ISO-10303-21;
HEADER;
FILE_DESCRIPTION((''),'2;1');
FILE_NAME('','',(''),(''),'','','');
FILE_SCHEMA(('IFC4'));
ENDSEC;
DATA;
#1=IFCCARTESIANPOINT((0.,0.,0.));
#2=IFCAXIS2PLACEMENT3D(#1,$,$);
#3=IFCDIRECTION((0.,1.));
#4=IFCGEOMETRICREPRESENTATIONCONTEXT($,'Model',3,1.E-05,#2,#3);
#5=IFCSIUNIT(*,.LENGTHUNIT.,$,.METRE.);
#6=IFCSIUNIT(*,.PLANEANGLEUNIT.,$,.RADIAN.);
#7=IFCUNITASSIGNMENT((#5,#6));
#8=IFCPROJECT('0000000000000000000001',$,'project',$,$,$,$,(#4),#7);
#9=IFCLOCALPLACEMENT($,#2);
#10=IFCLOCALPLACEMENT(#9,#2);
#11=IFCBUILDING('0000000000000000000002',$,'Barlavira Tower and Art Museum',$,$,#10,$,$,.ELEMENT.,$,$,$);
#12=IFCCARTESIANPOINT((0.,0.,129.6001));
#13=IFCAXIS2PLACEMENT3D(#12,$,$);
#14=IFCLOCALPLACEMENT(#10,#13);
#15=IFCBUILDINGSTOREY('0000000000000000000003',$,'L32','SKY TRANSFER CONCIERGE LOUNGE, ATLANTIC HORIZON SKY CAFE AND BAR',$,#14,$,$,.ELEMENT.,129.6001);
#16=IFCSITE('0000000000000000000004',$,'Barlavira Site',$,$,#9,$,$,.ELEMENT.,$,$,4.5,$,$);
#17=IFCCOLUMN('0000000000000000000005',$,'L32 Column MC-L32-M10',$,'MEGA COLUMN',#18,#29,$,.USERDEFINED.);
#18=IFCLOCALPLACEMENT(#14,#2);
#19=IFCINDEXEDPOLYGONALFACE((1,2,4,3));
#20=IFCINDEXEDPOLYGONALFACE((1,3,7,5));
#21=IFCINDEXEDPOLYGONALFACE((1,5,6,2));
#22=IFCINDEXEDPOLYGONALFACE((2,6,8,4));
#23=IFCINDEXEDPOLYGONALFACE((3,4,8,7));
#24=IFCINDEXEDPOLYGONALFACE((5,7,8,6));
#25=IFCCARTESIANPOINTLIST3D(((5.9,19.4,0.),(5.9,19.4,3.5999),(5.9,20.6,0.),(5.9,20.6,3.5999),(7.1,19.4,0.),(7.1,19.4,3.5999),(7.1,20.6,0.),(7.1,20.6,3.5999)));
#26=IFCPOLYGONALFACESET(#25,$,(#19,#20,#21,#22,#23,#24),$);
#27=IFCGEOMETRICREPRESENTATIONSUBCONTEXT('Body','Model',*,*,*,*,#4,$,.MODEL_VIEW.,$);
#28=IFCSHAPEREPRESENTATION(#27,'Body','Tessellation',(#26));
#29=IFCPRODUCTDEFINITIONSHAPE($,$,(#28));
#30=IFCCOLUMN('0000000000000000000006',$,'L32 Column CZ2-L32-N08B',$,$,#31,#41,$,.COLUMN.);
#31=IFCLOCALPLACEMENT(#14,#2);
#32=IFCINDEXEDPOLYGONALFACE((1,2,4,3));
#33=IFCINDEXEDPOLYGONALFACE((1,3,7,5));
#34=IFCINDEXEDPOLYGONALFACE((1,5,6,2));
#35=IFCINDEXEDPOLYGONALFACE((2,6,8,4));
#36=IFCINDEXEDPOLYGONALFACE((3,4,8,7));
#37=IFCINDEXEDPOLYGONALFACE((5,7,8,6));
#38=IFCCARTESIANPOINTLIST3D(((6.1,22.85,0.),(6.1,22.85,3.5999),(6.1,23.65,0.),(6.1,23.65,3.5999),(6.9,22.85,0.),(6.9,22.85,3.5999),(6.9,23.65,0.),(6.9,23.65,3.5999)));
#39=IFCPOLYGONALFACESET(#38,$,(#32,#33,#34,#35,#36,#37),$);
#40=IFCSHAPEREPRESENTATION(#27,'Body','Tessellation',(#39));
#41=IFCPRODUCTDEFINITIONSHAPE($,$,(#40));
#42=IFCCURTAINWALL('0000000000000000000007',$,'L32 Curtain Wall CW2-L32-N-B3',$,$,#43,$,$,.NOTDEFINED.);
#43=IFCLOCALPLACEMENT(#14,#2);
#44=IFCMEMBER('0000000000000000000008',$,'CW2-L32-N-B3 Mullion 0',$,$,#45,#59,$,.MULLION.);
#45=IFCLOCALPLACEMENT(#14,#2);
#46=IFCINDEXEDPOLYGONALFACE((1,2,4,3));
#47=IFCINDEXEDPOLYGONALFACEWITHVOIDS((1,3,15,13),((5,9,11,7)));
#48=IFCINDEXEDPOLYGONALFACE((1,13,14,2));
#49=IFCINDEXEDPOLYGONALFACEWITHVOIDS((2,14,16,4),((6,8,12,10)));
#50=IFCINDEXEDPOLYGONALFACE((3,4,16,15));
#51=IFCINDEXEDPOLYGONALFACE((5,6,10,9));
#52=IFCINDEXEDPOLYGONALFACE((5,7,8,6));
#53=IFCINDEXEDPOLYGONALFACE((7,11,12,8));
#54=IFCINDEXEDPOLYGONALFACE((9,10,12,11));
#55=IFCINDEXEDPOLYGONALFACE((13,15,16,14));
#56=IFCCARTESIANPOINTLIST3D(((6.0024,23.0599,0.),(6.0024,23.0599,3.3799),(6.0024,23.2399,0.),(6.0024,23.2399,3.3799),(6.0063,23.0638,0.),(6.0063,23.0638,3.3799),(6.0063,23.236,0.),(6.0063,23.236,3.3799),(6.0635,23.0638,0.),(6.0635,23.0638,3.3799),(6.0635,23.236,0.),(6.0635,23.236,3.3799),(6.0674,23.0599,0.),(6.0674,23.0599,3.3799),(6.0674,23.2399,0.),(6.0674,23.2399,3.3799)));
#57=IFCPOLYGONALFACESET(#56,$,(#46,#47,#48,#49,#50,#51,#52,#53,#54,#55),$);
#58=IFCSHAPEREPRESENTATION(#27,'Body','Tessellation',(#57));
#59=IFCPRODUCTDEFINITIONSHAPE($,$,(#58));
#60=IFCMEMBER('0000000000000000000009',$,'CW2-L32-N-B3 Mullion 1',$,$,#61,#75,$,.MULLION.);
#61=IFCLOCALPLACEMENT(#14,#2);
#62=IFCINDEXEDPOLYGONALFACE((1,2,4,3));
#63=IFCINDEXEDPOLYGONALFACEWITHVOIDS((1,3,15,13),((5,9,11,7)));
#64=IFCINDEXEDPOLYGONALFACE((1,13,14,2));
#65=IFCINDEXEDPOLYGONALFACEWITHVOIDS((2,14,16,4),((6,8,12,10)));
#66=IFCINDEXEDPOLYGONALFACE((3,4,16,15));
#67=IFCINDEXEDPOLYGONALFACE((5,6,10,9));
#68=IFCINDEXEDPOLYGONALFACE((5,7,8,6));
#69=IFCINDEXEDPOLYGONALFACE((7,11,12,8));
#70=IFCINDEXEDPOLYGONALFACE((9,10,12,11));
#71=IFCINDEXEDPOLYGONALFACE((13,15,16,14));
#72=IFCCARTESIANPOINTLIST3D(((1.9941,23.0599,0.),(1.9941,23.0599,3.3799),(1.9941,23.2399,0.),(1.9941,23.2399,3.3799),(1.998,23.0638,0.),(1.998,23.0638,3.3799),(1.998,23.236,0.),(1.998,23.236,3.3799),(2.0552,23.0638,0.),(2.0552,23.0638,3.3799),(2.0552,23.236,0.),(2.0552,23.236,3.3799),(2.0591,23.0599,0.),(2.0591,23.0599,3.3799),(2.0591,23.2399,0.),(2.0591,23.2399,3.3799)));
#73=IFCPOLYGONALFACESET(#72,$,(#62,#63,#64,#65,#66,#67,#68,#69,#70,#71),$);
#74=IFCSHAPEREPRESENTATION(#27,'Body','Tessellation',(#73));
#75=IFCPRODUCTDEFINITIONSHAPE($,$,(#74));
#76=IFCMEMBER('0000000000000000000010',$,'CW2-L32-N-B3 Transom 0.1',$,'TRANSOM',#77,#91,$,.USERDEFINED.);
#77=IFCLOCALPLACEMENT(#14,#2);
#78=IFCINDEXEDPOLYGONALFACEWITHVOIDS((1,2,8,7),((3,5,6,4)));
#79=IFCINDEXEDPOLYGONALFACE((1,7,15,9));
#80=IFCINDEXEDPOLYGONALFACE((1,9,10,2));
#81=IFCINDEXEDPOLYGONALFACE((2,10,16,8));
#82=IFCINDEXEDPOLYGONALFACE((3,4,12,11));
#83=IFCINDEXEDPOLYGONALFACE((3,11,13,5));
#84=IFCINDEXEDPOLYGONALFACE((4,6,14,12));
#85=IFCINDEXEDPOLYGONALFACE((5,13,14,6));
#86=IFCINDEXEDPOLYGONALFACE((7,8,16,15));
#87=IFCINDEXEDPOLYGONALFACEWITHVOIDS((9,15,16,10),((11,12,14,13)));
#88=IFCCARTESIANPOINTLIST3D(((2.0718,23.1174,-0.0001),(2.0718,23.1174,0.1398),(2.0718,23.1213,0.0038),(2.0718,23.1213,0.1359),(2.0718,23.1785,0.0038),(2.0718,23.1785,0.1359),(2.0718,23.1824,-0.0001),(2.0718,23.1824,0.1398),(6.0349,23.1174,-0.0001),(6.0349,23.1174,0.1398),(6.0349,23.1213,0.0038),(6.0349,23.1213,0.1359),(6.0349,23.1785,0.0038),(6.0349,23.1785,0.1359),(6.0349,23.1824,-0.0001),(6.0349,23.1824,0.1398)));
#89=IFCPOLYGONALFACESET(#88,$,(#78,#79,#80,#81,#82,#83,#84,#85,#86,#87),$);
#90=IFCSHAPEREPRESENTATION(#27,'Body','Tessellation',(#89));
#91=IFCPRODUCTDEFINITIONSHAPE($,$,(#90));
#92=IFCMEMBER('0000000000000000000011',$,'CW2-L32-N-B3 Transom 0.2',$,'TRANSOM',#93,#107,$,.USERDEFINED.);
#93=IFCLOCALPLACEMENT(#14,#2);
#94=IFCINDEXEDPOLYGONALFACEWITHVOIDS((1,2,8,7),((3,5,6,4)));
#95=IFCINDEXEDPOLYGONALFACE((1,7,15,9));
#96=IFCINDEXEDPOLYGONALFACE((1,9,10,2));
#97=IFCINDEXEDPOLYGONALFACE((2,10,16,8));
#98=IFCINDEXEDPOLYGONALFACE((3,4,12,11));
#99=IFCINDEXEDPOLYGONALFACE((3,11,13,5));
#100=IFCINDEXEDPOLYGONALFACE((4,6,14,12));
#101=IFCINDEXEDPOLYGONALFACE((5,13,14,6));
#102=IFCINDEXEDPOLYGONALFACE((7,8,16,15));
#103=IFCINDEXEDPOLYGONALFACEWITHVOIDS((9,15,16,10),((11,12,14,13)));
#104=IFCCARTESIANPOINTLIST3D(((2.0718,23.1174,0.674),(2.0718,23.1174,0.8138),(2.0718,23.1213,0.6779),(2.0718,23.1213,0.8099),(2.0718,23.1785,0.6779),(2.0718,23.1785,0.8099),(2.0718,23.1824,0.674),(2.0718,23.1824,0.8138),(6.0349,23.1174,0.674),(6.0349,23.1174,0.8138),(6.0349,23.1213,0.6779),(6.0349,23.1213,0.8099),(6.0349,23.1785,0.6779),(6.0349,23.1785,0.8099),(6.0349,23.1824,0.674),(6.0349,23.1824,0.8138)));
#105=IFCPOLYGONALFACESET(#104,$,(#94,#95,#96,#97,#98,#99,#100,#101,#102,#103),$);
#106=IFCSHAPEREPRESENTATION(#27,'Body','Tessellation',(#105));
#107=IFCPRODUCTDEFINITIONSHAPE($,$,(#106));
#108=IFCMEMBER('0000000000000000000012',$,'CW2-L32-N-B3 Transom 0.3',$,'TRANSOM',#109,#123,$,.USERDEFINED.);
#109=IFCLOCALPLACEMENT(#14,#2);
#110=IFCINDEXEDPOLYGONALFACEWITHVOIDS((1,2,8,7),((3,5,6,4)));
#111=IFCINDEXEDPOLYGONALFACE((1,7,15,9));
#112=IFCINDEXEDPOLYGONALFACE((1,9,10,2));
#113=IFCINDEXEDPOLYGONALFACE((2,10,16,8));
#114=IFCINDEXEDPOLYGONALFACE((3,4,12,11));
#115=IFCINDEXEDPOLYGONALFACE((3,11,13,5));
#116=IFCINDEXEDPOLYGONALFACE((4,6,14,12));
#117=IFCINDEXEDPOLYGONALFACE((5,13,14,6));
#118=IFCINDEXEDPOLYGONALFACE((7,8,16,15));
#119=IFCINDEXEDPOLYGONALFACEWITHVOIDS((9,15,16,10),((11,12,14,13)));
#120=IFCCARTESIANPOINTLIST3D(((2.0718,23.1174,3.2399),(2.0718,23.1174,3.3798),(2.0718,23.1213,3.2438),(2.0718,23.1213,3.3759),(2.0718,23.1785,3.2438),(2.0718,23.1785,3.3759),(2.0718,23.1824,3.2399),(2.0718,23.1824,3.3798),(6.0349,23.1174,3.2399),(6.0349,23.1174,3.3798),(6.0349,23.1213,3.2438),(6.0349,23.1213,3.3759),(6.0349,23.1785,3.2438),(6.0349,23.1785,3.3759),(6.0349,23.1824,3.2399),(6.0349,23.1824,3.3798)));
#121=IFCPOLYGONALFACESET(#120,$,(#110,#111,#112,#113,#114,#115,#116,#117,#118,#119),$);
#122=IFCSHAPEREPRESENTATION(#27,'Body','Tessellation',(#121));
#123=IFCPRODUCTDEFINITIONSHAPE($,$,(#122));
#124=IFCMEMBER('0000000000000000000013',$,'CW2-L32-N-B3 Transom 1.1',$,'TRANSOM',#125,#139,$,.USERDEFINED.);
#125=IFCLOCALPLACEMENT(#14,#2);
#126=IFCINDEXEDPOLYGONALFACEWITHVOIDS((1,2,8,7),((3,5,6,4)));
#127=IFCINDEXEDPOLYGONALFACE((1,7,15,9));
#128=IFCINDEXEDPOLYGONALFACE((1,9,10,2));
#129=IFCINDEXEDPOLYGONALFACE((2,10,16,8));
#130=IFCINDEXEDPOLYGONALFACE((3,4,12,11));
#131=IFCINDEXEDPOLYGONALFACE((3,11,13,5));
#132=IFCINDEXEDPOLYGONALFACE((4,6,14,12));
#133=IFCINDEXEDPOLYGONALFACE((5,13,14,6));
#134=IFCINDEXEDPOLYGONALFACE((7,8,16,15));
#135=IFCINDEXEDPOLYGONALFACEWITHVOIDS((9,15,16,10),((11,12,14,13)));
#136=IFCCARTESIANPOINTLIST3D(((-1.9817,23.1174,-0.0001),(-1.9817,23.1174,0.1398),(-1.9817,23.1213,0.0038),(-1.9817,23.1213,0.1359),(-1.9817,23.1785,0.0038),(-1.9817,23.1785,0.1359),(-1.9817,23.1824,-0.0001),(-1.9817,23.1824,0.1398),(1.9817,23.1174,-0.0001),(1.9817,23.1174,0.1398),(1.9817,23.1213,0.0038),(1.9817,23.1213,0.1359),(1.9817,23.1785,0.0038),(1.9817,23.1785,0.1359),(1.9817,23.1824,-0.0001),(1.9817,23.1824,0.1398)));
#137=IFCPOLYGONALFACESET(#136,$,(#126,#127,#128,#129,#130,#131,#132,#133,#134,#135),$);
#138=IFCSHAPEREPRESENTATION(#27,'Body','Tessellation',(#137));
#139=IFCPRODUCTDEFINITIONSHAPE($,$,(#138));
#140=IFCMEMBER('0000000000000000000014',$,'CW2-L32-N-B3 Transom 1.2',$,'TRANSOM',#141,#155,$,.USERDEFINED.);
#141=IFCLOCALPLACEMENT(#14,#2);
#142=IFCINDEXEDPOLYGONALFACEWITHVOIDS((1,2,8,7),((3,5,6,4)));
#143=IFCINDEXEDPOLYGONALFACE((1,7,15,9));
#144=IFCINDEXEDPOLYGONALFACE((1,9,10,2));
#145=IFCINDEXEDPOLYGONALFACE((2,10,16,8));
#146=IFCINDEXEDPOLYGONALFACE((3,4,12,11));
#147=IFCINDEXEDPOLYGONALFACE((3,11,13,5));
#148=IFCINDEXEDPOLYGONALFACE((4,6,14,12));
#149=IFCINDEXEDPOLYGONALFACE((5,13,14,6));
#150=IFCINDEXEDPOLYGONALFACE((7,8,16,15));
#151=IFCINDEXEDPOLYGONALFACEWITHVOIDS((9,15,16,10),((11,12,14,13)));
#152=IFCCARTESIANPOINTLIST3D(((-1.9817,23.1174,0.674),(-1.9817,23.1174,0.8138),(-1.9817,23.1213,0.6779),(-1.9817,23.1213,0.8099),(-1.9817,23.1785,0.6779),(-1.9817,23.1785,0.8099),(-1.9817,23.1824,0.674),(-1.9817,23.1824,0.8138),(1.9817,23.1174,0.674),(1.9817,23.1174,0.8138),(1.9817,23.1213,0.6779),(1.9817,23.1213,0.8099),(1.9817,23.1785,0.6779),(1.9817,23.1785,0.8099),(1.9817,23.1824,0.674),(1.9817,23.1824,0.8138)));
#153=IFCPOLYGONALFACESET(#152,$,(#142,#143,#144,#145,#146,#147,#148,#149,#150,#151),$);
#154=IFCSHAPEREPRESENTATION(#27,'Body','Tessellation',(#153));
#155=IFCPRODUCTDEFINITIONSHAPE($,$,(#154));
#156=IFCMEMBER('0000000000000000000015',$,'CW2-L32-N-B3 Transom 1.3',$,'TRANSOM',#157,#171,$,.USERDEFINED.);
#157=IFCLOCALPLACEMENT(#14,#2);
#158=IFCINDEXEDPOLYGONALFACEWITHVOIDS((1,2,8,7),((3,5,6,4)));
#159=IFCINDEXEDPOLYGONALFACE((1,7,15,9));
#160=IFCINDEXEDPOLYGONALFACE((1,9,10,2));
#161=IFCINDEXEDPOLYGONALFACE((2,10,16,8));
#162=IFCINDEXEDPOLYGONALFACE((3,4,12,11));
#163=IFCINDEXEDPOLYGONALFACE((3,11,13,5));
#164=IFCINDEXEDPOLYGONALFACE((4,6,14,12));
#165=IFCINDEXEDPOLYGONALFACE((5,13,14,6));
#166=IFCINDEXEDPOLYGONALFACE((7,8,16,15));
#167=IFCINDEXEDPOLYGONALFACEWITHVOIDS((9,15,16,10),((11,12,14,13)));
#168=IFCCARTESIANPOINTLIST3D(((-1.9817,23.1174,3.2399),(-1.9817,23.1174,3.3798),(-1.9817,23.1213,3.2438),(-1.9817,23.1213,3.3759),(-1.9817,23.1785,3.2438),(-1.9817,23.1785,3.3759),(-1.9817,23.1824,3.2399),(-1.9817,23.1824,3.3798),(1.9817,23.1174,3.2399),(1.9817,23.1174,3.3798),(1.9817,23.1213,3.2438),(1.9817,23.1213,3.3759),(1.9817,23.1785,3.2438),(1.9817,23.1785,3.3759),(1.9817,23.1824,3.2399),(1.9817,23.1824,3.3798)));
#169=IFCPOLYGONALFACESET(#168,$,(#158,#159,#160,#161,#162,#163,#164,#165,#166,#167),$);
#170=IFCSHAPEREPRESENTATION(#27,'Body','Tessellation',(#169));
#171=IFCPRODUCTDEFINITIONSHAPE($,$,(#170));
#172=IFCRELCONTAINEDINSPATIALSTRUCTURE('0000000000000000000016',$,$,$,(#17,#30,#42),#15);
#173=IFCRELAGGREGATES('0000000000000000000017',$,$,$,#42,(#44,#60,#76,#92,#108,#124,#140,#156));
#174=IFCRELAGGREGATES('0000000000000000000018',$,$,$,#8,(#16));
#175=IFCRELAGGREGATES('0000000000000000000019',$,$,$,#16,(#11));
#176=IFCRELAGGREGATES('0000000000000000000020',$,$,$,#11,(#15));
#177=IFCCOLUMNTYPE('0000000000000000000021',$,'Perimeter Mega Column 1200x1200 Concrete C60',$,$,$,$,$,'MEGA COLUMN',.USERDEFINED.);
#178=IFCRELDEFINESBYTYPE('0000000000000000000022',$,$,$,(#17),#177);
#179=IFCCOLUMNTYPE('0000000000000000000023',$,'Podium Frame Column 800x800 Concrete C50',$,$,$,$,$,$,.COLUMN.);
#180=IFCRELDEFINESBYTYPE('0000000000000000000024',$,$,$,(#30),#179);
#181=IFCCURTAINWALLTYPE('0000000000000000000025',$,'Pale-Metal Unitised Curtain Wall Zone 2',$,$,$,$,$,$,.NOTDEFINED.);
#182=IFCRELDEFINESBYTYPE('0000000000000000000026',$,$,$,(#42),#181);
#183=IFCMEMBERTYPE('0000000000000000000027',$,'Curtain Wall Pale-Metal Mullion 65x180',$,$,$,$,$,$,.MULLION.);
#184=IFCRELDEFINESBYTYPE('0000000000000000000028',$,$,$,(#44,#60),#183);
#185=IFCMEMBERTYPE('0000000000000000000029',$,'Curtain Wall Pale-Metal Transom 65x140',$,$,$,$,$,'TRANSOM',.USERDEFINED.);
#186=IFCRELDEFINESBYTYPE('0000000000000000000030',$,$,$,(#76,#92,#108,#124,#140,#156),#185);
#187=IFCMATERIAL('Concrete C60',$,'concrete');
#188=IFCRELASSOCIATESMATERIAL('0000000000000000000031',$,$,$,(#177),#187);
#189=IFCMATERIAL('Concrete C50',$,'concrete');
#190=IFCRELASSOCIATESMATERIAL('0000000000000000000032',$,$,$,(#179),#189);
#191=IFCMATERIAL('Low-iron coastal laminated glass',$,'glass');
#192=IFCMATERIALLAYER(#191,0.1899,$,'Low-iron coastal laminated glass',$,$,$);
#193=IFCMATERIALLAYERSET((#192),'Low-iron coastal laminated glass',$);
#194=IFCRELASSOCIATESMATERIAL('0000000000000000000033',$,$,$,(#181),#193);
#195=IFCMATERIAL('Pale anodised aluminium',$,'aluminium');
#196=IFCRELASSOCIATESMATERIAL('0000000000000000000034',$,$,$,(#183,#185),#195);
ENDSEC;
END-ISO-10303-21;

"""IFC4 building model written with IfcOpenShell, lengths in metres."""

from ifc_helpers import new_model, si_unit, direction, frame, origin, origin_2d, place, context, subcontext, project, spatial, rectangle, hollow_rectangle, extrude, material, layer, layer_set, material_profile, profile_set, type_object, element, aggregate, save


model = new_model("IFC4")

# Units and contexts
model_context = context("Model", 3, precision=1e-05, world=origin(), true_north=direction((0.0, 1.0)))
body_context = subcontext(model_context, "Body", "Model", "MODEL_VIEW")
ifc_project = project(units=[si_unit("LENGTHUNIT", "METRE"), si_unit("PLANEANGLEUNIT", "RADIAN")], contexts=[model_context])

# Site, building, storey
site_placement = place(None, origin())
site = spatial("IfcSite", under=ifc_project, at=site_placement, Name="Barlavira Site", CompositionType="ELEMENT", RefElevation=4.5)
building_placement = place(site_placement, origin())
building = spatial("IfcBuilding", under=site, at=building_placement, Name="Barlavira Tower and Art Museum", CompositionType="ELEMENT")
storey_placement = place(building_placement, frame((0.0, 0.0, 129.6001)))
storey = spatial("IfcBuildingStorey", under=building, at=storey_placement, Name="L32", Description="SKY TRANSFER CONCIERGE LOUNGE, ATLANTIC HORIZON SKY CAFE AND BAR", CompositionType="ELEMENT", Elevation=129.6001)

# Columns
ifc_material_1 = material(Name="Concrete C60", Category="concrete")
ifc_material_profile_1 = material_profile(ifc_material_1, rectangle(XDim=1.2, YDim=1.2, at=origin_2d()), Name="RC-COL 1200x1200")
ifc_profile_set_1 = profile_set([ifc_material_profile_1], Name="Concrete C60")
column_type_1 = type_object("IfcColumnType", Name="Perimeter Mega Column 1200x1200 Concrete C60", ElementType="MEGA COLUMN", PredefinedType="USERDEFINED", material=ifc_profile_set_1)
column_1_placement = place(storey_placement, frame((6.5, 20.0, 0.0), z_axis=(0.0, 0.0, 1.0), x_axis=(1.0, 0.0, 0.0)))
element("IfcColumn", 1, at=column_1_placement, inside=storey, type_object=column_type_1, Name="L32 Column MC-L32-M10", ObjectType="MEGA COLUMN", PredefinedType="USERDEFINED", context=body_context, shape_type="SweptSolid", body=[
    extrude(rectangle(XDim=1.2, YDim=1.2, at=origin_2d()), origin(), (0.0, 0.0, 1.0), 3.5999),
])
ifc_material_2 = material(Name="Concrete C50", Category="concrete")
ifc_material_profile_2 = material_profile(ifc_material_2, rectangle(XDim=0.8, YDim=0.8, at=origin_2d()), Name="RC-COL 800x800")
ifc_profile_set_2 = profile_set([ifc_material_profile_2], Name="Concrete C50")
column_type_2 = type_object("IfcColumnType", Name="Podium Frame Column 800x800 Concrete C50", PredefinedType="COLUMN", material=ifc_profile_set_2)
column_2_placement = place(storey_placement, frame((6.5, 23.25, 0.0), z_axis=(0.0, 0.0, 1.0), x_axis=(1.0, 0.0, 0.0)))
element("IfcColumn", 2, at=column_2_placement, inside=storey, type_object=column_type_2, Name="L32 Column CZ2-L32-N08B", PredefinedType="COLUMN", context=body_context, shape_type="SweptSolid", body=[
    extrude(rectangle(XDim=0.8, YDim=0.8, at=origin_2d()), origin(), (0.0, 0.0, 1.0), 3.5999),
])

# Curtain wall, members
ifc_material_3 = material(Name="Low-iron coastal laminated glass", Category="glass")
ifc_layer_1 = layer(ifc_material_3, 0.1899, Name="Low-iron coastal laminated glass")
ifc_layer_set_1 = layer_set([ifc_layer_1], Name="Low-iron coastal laminated glass")
curtain_wall_type = type_object("IfcCurtainWallType", Name="Pale-Metal Unitised Curtain Wall Zone 2", PredefinedType="NOTDEFINED", material=ifc_layer_set_1)
curtain_wall_placement = place(storey_placement, origin())
curtain_wall = element("IfcCurtainWall", 3, at=curtain_wall_placement, inside=storey, type_object=curtain_wall_type, Name="L32 Curtain Wall CW2-L32-N-B3", PredefinedType="NOTDEFINED")
ifc_material_4 = material(Name="Pale anodised aluminium", Category="aluminium")
ifc_material_profile_3 = material_profile(ifc_material_4, hollow_rectangle(XDim=0.0649, YDim=0.1799, WallThickness=0.0039, at=origin_2d()), Name="ALU-MULL 65x180x4")
ifc_profile_set_3 = profile_set([ifc_material_profile_3], Name="Pale anodised aluminium")
member_type_1 = type_object("IfcMemberType", Name="Curtain Wall Pale-Metal Mullion 65x180", PredefinedType="MULLION", material=ifc_profile_set_3)
member_1_placement = place(storey_placement, frame((6.0349, 23.1499, 0.0), z_axis=(0.0, 0.0, 1.0), x_axis=(-1.0, 0.0, 0.0)))
member_1 = element("IfcMember", 4, at=member_1_placement, type_object=member_type_1, Name="CW2-L32-N-B3 Mullion 0", PredefinedType="MULLION", context=body_context, shape_type="SweptSolid", body=[
    extrude(hollow_rectangle(XDim=0.0649, YDim=0.1799, WallThickness=0.0039, at=origin_2d()), origin(), (0.0, 0.0, 1.0), 3.3799),
])
member_2_placement = place(storey_placement, frame((2.0266, 23.1499, 0.0), z_axis=(0.0, 0.0, 1.0), x_axis=(-1.0, 0.0, 0.0)))
member_2 = element("IfcMember", 5, at=member_2_placement, type_object=member_type_1, Name="CW2-L32-N-B3 Mullion 1", PredefinedType="MULLION", context=body_context, shape_type="SweptSolid", body=[
    extrude(hollow_rectangle(XDim=0.0649, YDim=0.1799, WallThickness=0.0039, at=origin_2d()), origin(), (0.0, 0.0, 1.0), 3.3799),
])
ifc_material_profile_4 = material_profile(ifc_material_4, hollow_rectangle(XDim=0.0649, YDim=0.1399, WallThickness=0.0039, at=origin_2d()), Name="ALU-TRAN 65x140x4")
ifc_profile_set_4 = profile_set([ifc_material_profile_4], Name="Pale anodised aluminium")
member_type_2 = type_object("IfcMemberType", Name="Curtain Wall Pale-Metal Transom 65x140", ElementType="TRANSOM", PredefinedType="USERDEFINED", material=ifc_profile_set_4)
member_3_placement = place(storey_placement, frame((6.0349, 23.1499, 0.0698), z_axis=(-1.0, 0.0, 0.0), x_axis=(0.0, -1.0, 0.0)))
member_3 = element("IfcMember", 6, at=member_3_placement, type_object=member_type_2, Name="CW2-L32-N-B3 Transom 0.1", ObjectType="TRANSOM", PredefinedType="USERDEFINED", context=body_context, shape_type="SweptSolid", body=[
    extrude(hollow_rectangle(XDim=0.0649, YDim=0.1399, WallThickness=0.0039, at=origin_2d()), origin(), (0.0, 0.0, 1.0), 3.9631),
])
member_4_placement = place(storey_placement, frame((6.0349, 23.1499, 0.7439), z_axis=(-1.0, 0.0, 0.0), x_axis=(0.0, -1.0, 0.0)))
member_4 = element("IfcMember", 7, at=member_4_placement, type_object=member_type_2, Name="CW2-L32-N-B3 Transom 0.2", ObjectType="TRANSOM", PredefinedType="USERDEFINED", context=body_context, shape_type="SweptSolid", body=[
    extrude(hollow_rectangle(XDim=0.0649, YDim=0.1399, WallThickness=0.0039, at=origin_2d()), origin(), (0.0, 0.0, 1.0), 3.9631),
])
member_5_placement = place(storey_placement, frame((6.0349, 23.1499, 3.3098), z_axis=(-1.0, 0.0, 0.0), x_axis=(0.0, -1.0, 0.0)))
member_5 = element("IfcMember", 8, at=member_5_placement, type_object=member_type_2, Name="CW2-L32-N-B3 Transom 0.3", ObjectType="TRANSOM", PredefinedType="USERDEFINED", context=body_context, shape_type="SweptSolid", body=[
    extrude(hollow_rectangle(XDim=0.0649, YDim=0.1399, WallThickness=0.0039, at=origin_2d()), origin(), (0.0, 0.0, 1.0), 3.9631),
])
member_6_placement = place(storey_placement, frame((1.9817, 23.1499, 0.0698), z_axis=(-1.0, 0.0, 0.0), x_axis=(0.0, -1.0, 0.0)))
member_6 = element("IfcMember", 9, at=member_6_placement, type_object=member_type_2, Name="CW2-L32-N-B3 Transom 1.1", ObjectType="TRANSOM", PredefinedType="USERDEFINED", context=body_context, shape_type="SweptSolid", body=[
    extrude(hollow_rectangle(XDim=0.0649, YDim=0.1399, WallThickness=0.0039, at=origin_2d()), origin(), (0.0, 0.0, 1.0), 3.9634),
])
member_7_placement = place(storey_placement, frame((1.9817, 23.1499, 0.7439), z_axis=(-1.0, 0.0, 0.0), x_axis=(0.0, -1.0, 0.0)))
member_7 = element("IfcMember", 10, at=member_7_placement, type_object=member_type_2, Name="CW2-L32-N-B3 Transom 1.2", ObjectType="TRANSOM", PredefinedType="USERDEFINED", context=body_context, shape_type="SweptSolid", body=[
    extrude(hollow_rectangle(XDim=0.0649, YDim=0.1399, WallThickness=0.0039, at=origin_2d()), origin(), (0.0, 0.0, 1.0), 3.9634),
])
member_8_placement = place(storey_placement, frame((1.9817, 23.1499, 3.3098), z_axis=(-1.0, 0.0, 0.0), x_axis=(0.0, -1.0, 0.0)))
member_8 = element("IfcMember", 11, at=member_8_placement, type_object=member_type_2, Name="CW2-L32-N-B3 Transom 1.3", ObjectType="TRANSOM", PredefinedType="USERDEFINED", context=body_context, shape_type="SweptSolid", body=[
    extrude(hollow_rectangle(XDim=0.0649, YDim=0.1399, WallThickness=0.0039, at=origin_2d()), origin(), (0.0, 0.0, 1.0), 3.9634),
])

aggregate(curtain_wall, [member_1, member_2, member_3, member_4, member_5, member_6, member_7, member_8])

save(model, "model.ifc")
